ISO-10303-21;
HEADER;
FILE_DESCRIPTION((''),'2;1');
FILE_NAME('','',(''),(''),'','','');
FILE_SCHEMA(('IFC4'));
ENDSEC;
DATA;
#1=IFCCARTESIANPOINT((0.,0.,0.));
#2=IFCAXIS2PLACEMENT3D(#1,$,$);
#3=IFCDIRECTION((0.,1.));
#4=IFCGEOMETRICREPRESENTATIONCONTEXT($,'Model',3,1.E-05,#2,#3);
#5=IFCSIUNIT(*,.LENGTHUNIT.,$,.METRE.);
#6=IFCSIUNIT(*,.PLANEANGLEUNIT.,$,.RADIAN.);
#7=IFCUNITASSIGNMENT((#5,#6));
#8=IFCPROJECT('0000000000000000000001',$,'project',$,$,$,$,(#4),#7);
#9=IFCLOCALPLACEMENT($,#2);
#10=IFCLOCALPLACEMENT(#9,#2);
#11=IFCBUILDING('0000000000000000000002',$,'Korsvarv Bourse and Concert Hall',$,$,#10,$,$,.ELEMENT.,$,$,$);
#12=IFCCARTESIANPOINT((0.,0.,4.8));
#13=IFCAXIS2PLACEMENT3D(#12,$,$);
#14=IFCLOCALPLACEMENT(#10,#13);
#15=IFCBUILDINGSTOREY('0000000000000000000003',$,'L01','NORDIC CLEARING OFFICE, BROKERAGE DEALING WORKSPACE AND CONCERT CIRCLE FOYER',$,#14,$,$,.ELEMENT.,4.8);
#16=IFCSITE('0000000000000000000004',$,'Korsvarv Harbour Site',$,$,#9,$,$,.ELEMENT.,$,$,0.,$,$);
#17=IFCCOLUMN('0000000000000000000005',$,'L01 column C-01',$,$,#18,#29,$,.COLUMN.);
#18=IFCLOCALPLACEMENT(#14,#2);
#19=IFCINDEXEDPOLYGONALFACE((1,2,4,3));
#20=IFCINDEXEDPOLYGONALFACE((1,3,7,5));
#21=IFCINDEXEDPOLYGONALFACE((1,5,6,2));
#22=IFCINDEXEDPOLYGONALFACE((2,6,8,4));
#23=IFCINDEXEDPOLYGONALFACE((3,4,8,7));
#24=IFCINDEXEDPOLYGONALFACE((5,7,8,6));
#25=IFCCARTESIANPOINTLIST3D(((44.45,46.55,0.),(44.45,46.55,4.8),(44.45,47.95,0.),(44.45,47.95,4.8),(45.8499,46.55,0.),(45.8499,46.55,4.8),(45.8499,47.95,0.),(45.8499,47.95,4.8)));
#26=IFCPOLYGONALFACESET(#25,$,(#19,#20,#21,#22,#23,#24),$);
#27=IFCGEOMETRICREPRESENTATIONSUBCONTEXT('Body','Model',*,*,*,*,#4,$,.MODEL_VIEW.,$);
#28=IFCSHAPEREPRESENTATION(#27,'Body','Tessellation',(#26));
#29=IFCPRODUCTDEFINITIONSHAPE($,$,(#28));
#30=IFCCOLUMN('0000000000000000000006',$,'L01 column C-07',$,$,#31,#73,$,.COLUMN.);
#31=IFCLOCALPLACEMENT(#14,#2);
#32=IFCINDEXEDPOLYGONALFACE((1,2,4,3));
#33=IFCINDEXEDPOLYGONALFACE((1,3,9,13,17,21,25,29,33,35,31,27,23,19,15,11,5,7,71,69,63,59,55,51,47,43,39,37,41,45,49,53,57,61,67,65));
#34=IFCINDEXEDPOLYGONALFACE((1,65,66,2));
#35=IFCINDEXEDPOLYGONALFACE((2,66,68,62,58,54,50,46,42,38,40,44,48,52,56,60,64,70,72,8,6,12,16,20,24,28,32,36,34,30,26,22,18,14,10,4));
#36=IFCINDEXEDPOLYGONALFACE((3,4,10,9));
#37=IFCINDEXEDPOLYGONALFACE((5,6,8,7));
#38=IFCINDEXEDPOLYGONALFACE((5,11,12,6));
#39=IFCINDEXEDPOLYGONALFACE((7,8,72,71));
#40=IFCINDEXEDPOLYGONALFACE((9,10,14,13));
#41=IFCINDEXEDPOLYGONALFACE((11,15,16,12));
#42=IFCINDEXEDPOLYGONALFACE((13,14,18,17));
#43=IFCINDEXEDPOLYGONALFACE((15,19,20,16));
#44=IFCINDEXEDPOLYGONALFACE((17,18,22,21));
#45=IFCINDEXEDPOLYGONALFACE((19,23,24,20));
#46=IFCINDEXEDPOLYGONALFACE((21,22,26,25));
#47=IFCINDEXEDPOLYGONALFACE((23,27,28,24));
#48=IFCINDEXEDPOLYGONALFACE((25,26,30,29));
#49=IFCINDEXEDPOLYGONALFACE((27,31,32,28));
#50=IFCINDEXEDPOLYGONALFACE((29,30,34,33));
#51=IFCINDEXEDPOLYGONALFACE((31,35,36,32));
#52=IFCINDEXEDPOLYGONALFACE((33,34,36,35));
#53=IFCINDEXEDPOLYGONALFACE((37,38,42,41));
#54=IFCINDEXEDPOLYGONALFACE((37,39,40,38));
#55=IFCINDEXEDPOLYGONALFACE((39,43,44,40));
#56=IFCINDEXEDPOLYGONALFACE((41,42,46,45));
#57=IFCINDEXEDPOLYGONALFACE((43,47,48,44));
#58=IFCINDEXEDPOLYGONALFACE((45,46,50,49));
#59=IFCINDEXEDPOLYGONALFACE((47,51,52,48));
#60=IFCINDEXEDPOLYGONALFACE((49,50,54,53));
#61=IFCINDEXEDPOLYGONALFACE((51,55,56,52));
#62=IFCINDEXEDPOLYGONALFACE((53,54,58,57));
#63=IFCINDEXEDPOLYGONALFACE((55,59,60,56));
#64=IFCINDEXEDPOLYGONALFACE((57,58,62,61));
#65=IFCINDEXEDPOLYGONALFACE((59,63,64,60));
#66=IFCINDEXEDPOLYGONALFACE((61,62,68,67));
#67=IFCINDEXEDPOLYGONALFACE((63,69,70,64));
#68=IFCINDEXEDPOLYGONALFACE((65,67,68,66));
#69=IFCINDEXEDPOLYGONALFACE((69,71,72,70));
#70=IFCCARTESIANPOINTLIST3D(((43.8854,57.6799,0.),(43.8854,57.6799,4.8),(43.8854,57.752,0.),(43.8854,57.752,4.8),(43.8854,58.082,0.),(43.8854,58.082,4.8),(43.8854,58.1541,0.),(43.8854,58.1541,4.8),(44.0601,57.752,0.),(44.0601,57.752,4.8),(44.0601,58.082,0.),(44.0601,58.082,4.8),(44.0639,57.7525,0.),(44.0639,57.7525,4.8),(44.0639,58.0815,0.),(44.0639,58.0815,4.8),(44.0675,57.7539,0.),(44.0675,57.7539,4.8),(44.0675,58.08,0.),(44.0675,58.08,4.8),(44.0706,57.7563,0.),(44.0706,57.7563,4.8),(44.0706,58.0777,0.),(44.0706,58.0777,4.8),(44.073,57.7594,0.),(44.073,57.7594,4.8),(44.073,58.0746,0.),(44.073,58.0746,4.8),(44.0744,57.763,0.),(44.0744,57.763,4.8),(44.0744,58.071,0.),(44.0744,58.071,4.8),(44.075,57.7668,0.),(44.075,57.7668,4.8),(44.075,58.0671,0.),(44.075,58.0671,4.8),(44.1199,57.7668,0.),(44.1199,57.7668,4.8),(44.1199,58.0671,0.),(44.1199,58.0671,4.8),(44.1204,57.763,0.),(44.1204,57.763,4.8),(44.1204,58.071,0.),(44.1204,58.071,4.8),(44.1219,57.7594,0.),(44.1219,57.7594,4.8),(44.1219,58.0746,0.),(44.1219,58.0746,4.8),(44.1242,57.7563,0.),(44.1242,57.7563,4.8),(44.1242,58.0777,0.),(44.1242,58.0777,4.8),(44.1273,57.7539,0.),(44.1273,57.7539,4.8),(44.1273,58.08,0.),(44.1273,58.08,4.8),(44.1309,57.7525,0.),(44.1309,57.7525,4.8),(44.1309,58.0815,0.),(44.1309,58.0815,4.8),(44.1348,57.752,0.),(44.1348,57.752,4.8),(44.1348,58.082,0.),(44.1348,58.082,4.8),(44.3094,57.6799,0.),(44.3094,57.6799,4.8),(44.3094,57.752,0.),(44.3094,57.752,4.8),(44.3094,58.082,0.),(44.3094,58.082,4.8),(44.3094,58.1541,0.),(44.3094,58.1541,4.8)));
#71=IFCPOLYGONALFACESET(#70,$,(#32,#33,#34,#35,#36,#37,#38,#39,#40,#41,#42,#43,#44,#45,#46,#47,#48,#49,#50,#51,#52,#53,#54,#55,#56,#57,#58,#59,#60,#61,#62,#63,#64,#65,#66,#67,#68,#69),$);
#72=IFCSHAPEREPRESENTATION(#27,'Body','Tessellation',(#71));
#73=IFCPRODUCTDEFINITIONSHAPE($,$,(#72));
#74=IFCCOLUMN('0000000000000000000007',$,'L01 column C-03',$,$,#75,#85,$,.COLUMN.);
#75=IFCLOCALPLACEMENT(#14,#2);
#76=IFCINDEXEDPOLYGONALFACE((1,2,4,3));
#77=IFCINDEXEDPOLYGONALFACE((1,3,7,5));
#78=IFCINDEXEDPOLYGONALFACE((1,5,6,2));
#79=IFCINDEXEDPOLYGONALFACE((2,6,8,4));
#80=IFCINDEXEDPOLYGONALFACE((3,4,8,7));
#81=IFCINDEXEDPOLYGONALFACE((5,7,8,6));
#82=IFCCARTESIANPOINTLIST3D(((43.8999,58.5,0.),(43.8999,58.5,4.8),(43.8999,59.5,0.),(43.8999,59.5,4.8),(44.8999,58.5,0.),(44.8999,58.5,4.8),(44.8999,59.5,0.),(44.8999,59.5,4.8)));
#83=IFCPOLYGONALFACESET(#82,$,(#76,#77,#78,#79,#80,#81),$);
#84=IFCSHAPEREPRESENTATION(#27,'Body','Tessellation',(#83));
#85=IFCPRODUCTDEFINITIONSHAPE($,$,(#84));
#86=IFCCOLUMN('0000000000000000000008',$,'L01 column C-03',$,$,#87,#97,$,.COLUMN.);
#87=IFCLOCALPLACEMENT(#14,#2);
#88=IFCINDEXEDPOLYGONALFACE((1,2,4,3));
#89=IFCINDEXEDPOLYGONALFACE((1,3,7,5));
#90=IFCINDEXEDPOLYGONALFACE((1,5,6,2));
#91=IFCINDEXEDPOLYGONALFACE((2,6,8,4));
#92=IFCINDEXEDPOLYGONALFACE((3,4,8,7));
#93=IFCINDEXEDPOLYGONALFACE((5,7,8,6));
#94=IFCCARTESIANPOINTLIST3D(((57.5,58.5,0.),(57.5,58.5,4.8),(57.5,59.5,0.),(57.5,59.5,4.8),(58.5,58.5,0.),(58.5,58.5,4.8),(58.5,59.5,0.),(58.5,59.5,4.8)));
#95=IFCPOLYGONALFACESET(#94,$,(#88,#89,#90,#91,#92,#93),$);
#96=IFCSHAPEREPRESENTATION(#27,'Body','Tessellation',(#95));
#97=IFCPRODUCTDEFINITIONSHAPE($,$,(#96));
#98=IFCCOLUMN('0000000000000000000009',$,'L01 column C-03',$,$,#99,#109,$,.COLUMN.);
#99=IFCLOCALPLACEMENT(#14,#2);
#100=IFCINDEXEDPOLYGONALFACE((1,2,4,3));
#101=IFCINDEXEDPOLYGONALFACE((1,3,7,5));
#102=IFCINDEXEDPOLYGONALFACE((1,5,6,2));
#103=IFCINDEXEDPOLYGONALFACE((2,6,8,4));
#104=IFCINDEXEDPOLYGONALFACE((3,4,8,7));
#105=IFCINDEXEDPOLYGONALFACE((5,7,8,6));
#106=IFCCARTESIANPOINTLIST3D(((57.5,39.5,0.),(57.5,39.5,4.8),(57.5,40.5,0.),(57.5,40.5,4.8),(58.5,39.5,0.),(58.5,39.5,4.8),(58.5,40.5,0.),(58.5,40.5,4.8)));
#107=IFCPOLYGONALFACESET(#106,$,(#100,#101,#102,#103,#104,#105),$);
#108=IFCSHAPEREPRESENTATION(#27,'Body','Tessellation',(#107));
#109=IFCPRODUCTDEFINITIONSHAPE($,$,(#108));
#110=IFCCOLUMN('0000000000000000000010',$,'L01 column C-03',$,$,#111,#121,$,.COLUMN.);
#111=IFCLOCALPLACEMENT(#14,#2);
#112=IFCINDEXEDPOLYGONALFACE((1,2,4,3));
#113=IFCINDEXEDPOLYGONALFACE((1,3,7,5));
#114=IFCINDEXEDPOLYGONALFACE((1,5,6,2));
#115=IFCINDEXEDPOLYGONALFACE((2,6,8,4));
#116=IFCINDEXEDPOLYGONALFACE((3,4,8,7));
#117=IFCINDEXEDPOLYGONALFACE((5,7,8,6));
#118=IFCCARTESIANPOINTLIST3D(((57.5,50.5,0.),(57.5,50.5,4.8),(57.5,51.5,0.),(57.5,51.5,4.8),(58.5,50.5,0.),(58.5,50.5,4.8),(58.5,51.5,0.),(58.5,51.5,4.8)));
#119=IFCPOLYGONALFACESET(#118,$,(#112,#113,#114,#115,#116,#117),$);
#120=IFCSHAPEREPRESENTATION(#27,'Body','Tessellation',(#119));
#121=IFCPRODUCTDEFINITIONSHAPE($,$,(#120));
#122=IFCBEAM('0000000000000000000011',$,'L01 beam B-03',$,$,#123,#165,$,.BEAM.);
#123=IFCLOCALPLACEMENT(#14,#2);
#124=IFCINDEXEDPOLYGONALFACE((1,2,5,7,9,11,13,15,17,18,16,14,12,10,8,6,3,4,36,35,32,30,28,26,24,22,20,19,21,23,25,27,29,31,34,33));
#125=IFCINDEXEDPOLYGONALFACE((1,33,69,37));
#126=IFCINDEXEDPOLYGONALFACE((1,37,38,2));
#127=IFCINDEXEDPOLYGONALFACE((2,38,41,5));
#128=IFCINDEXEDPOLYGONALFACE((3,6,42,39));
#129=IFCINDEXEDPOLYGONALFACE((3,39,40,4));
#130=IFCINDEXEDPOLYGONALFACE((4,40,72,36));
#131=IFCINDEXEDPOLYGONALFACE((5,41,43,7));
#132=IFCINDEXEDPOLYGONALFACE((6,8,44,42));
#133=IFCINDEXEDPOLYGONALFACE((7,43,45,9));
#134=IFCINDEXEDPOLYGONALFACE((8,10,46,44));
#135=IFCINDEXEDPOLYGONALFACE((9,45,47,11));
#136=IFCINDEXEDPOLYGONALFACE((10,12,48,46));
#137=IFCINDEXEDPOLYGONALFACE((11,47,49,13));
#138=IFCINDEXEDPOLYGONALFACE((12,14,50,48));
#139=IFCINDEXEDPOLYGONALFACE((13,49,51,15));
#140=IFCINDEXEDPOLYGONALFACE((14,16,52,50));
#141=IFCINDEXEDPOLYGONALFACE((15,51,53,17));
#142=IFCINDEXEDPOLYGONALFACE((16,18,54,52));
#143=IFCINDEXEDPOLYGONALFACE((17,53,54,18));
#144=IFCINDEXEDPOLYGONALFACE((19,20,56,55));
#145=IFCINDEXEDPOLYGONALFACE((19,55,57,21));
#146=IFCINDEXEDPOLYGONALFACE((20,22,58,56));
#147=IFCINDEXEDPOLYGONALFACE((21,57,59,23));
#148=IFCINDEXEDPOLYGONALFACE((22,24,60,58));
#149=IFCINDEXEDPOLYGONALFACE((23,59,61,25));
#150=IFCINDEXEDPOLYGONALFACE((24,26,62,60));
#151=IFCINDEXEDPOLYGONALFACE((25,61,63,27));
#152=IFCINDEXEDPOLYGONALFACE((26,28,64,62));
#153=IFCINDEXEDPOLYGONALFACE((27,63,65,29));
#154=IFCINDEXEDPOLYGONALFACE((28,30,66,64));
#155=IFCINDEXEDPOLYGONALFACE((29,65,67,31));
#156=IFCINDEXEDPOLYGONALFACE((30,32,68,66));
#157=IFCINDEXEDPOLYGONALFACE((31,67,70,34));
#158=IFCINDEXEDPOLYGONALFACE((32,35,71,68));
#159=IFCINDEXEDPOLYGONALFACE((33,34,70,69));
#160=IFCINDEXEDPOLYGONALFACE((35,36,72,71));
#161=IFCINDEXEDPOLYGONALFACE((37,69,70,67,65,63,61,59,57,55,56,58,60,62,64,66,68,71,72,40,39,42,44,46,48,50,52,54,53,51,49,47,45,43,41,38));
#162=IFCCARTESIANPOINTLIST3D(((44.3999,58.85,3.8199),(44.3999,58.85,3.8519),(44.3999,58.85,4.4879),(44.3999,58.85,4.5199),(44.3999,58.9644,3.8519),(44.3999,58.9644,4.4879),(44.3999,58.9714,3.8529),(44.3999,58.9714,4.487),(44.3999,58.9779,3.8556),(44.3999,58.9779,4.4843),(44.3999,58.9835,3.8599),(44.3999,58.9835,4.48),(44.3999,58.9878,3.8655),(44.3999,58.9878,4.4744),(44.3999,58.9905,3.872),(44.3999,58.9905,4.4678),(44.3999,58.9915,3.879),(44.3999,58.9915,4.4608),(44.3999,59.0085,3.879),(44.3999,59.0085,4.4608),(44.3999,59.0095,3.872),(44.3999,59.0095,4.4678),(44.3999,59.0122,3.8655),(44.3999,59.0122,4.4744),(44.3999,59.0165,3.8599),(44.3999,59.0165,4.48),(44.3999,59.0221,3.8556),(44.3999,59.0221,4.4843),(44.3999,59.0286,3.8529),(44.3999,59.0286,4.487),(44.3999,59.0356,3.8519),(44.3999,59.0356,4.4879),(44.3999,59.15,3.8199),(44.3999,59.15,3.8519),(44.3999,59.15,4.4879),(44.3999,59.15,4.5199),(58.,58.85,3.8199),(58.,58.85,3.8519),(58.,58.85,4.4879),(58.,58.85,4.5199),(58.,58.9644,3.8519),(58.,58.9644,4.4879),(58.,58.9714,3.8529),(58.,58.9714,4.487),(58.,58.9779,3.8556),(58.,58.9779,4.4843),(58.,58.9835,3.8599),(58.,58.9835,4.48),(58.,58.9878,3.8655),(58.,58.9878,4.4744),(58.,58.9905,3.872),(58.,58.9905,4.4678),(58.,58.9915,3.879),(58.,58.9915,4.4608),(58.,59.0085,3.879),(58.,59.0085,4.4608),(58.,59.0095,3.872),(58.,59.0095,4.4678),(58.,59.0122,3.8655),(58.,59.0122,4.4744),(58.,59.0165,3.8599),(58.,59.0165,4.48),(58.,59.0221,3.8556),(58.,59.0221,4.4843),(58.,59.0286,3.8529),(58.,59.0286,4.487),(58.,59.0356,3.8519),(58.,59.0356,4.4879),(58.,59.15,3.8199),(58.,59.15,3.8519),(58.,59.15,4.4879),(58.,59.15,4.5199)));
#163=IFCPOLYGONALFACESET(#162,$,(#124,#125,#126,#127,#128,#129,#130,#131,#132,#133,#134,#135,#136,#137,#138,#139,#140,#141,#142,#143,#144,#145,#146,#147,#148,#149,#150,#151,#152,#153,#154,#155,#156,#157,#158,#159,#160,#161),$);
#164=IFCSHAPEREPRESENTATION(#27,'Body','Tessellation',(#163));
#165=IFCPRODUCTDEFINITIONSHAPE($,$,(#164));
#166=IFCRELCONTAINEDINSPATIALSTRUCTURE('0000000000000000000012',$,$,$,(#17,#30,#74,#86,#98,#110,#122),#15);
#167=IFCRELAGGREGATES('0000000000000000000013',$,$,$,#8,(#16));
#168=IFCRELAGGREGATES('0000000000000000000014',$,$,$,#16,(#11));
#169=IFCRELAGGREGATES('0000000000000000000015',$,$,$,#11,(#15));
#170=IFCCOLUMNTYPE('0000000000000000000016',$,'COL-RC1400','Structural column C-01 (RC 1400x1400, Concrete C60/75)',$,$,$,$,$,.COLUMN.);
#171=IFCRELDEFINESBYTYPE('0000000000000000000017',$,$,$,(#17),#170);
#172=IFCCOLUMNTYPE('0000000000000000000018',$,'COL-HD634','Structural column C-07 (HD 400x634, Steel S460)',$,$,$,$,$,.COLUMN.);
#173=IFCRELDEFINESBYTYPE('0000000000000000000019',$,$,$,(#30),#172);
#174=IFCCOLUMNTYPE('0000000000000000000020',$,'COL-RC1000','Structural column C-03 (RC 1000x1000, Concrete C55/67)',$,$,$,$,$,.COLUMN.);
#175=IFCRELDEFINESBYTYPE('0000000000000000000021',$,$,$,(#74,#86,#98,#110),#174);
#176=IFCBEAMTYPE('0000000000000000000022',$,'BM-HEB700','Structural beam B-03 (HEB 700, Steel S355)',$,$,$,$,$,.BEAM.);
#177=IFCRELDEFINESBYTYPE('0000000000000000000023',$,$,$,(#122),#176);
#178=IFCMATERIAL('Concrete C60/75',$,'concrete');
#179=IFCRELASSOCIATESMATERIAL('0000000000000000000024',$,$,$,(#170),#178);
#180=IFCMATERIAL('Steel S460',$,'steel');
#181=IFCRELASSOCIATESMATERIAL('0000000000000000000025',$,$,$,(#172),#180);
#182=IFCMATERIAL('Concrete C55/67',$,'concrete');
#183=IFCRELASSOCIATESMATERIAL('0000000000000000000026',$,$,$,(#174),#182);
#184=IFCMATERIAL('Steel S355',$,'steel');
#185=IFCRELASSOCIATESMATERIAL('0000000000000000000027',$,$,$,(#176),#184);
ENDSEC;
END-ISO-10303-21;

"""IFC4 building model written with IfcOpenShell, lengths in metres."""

from ifc_helpers import new_model, si_unit, direction, frame, origin, origin_2d, place, context, subcontext, project, spatial, rectangle, i_section, extrude, source, transform, mapped, material, material_profile, profile_set, type_object, element, save


model = new_model("IFC4")

# Units and contexts
model_context = context("Model", 3, precision=1e-05, world=origin(), true_north=direction((0.0, 1.0)))
body_context = subcontext(model_context, "Body", "Model", "MODEL_VIEW")
ifc_project = project(units=[si_unit("LENGTHUNIT", "METRE"), si_unit("PLANEANGLEUNIT", "RADIAN")], contexts=[model_context])

# Site, building, storey
site_placement = place(None, origin())
site = spatial("IfcSite", under=ifc_project, at=site_placement, Name="Korsvarv Harbour Site", CompositionType="ELEMENT", RefElevation=0.0)
building_placement = place(site_placement, origin())
building = spatial("IfcBuilding", under=site, at=building_placement, Name="Korsvarv Bourse and Concert Hall", CompositionType="ELEMENT")
storey_placement = place(building_placement, frame((0.0, 0.0, 4.8)))
storey = spatial("IfcBuildingStorey", under=building, at=storey_placement, Name="L01", Description="NORDIC CLEARING OFFICE, BROKERAGE DEALING WORKSPACE AND CONCERT CIRCLE FOYER", CompositionType="ELEMENT", Elevation=4.8)

# Columns
ifc_material_1 = material(Name="Concrete C60/75", Category="concrete")
ifc_material_profile_1 = material_profile(ifc_material_1, rectangle(XDim=1.3999, YDim=1.3999, at=origin_2d()), Name="RC 1400x1400")
ifc_profile_set_1 = profile_set([ifc_material_profile_1], Name="Concrete C60/75")
column_type_1 = type_object("IfcColumnType", Name="COL-RC1400", Description="Structural column C-01 (RC 1400x1400, Concrete C60/75)", PredefinedType="COLUMN", material=ifc_profile_set_1)
shared_shape_1 = source(origin(), body_context, "Body", "SweptSolid", [
    extrude(rectangle(XDim=1.3999, YDim=1.3999, at=origin_2d()), origin(), (0.0, 0.0, 1.0), 4.8),
])
column_1_placement = place(storey_placement, frame((45.1499, 47.25, 0.0), z_axis=(0.0, 0.0, 1.0), x_axis=(1.0, 0.0, 0.0)))
element("IfcColumn", 1, at=column_1_placement, inside=storey, type_object=column_type_1, Name="L01 column C-01", PredefinedType="COLUMN", context=body_context, shape_type="MappedRepresentation", body=[
    mapped(shared_shape_1, transform((0.0, 0.0, 0.0), scale=1.0)),
])
ifc_material_2 = material(Name="Steel S460", Category="steel")
ifc_material_profile_2 = material_profile(ifc_material_2, i_section(OverallWidth=0.4241, OverallDepth=0.4741, WebThickness=0.0449, FlangeThickness=0.072, FilletRadius=0.0149, at=origin_2d()), Name="HD 400x634")
ifc_profile_set_2 = profile_set([ifc_material_profile_2], Name="Steel S460")
column_type_2 = type_object("IfcColumnType", Name="COL-HD634", Description="Structural column C-07 (HD 400x634, Steel S460)", PredefinedType="COLUMN", material=ifc_profile_set_2)
shared_shape_2 = source(origin(), body_context, "Body", "SweptSolid", [
    extrude(i_section(OverallWidth=0.4241, OverallDepth=0.4741, WebThickness=0.0449, FlangeThickness=0.072, FilletRadius=0.0149, at=origin_2d()), origin(), (0.0, 0.0, 1.0), 4.8),
])
column_2_placement = place(storey_placement, frame((44.0974, 57.917, 0.0), z_axis=(0.0, 0.0, 1.0), x_axis=(1.0, 0.0, 0.0)))
element("IfcColumn", 2, at=column_2_placement, inside=storey, type_object=column_type_2, Name="L01 column C-07", PredefinedType="COLUMN", context=body_context, shape_type="MappedRepresentation", body=[
    mapped(shared_shape_2, transform((0.0, 0.0, 0.0), scale=1.0)),
])
ifc_material_3 = material(Name="Concrete C55/67", Category="concrete")
ifc_material_profile_3 = material_profile(ifc_material_3, rectangle(XDim=1.0, YDim=1.0, at=origin_2d()), Name="RC 1000x1000")
ifc_profile_set_3 = profile_set([ifc_material_profile_3], Name="Concrete C55/67")
column_type_3 = type_object("IfcColumnType", Name="COL-RC1000", Description="Structural column C-03 (RC 1000x1000, Concrete C55/67)", PredefinedType="COLUMN", material=ifc_profile_set_3)
shared_shape_3 = source(origin(), body_context, "Body", "SweptSolid", [
    extrude(rectangle(XDim=1.0, YDim=1.0, at=origin_2d()), origin(), (0.0, 0.0, 1.0), 4.8),
])
for number, where, z_axis, x_axis, name in (
    (3, (44.3999, 59.0, 0.0), (0.0, 0.0, 1.0), (1.0, 0.0, 0.0), "L01 column C-03"),
    (4, (58.0, 59.0, 0.0), (0.0, 0.0, 1.0), (1.0, 0.0, 0.0), "L01 column C-03"),
    (5, (58.0, 40.0, 0.0), (0.0, 0.0, 1.0), (1.0, 0.0, 0.0), "L01 column C-03"),
    (6, (58.0, 51.0, 0.0), (0.0, 0.0, 1.0), (1.0, 0.0, 0.0), "L01 column C-03"),
):
    element("IfcColumn", number, at=place(storey_placement, frame(where, z_axis=z_axis, x_axis=x_axis)), inside=storey, type_object=column_type_3, Name=name, PredefinedType="COLUMN", context=body_context, shape_type="MappedRepresentation", body=[
        mapped(shared_shape_3, transform((0.0, 0.0, 0.0), scale=1.0)),
    ])

# Beam
ifc_material_4 = material(Name="Steel S355", Category="steel")
ifc_material_profile_4 = material_profile(ifc_material_4, i_section(OverallWidth=0.3, OverallDepth=0.7, WebThickness=0.0171, FlangeThickness=0.032, FilletRadius=0.0271, at=origin_2d()), Name="HEB 700")
ifc_profile_set_4 = profile_set([ifc_material_profile_4], Name="Steel S355")
beam_type = type_object("IfcBeamType", Name="BM-HEB700", Description="Structural beam B-03 (HEB 700, Steel S355)", PredefinedType="BEAM", material=ifc_profile_set_4)
shared_shape_4 = source(origin(), body_context, "Body", "SweptSolid", [
    extrude(i_section(OverallWidth=0.3, OverallDepth=0.7, WebThickness=0.0171, FlangeThickness=0.032, FilletRadius=0.0271, at=origin_2d()), origin(), (0.0, 0.0, 1.0), 13.6001),
])
beam_1_placement = place(storey_placement, frame((44.3999, 59.0, 4.1699), z_axis=(1.0, 0.0, 0.0), x_axis=(0.0, 1.0, 0.0)))
element("IfcBeam", 7, at=beam_1_placement, inside=storey, type_object=beam_type, Name="L01 beam B-03", PredefinedType="BEAM", context=body_context, shape_type="MappedRepresentation", body=[
    mapped(shared_shape_4, transform((0.0, 0.0, 0.0), scale=1.0)),
])

save(model, "model.ifc")
